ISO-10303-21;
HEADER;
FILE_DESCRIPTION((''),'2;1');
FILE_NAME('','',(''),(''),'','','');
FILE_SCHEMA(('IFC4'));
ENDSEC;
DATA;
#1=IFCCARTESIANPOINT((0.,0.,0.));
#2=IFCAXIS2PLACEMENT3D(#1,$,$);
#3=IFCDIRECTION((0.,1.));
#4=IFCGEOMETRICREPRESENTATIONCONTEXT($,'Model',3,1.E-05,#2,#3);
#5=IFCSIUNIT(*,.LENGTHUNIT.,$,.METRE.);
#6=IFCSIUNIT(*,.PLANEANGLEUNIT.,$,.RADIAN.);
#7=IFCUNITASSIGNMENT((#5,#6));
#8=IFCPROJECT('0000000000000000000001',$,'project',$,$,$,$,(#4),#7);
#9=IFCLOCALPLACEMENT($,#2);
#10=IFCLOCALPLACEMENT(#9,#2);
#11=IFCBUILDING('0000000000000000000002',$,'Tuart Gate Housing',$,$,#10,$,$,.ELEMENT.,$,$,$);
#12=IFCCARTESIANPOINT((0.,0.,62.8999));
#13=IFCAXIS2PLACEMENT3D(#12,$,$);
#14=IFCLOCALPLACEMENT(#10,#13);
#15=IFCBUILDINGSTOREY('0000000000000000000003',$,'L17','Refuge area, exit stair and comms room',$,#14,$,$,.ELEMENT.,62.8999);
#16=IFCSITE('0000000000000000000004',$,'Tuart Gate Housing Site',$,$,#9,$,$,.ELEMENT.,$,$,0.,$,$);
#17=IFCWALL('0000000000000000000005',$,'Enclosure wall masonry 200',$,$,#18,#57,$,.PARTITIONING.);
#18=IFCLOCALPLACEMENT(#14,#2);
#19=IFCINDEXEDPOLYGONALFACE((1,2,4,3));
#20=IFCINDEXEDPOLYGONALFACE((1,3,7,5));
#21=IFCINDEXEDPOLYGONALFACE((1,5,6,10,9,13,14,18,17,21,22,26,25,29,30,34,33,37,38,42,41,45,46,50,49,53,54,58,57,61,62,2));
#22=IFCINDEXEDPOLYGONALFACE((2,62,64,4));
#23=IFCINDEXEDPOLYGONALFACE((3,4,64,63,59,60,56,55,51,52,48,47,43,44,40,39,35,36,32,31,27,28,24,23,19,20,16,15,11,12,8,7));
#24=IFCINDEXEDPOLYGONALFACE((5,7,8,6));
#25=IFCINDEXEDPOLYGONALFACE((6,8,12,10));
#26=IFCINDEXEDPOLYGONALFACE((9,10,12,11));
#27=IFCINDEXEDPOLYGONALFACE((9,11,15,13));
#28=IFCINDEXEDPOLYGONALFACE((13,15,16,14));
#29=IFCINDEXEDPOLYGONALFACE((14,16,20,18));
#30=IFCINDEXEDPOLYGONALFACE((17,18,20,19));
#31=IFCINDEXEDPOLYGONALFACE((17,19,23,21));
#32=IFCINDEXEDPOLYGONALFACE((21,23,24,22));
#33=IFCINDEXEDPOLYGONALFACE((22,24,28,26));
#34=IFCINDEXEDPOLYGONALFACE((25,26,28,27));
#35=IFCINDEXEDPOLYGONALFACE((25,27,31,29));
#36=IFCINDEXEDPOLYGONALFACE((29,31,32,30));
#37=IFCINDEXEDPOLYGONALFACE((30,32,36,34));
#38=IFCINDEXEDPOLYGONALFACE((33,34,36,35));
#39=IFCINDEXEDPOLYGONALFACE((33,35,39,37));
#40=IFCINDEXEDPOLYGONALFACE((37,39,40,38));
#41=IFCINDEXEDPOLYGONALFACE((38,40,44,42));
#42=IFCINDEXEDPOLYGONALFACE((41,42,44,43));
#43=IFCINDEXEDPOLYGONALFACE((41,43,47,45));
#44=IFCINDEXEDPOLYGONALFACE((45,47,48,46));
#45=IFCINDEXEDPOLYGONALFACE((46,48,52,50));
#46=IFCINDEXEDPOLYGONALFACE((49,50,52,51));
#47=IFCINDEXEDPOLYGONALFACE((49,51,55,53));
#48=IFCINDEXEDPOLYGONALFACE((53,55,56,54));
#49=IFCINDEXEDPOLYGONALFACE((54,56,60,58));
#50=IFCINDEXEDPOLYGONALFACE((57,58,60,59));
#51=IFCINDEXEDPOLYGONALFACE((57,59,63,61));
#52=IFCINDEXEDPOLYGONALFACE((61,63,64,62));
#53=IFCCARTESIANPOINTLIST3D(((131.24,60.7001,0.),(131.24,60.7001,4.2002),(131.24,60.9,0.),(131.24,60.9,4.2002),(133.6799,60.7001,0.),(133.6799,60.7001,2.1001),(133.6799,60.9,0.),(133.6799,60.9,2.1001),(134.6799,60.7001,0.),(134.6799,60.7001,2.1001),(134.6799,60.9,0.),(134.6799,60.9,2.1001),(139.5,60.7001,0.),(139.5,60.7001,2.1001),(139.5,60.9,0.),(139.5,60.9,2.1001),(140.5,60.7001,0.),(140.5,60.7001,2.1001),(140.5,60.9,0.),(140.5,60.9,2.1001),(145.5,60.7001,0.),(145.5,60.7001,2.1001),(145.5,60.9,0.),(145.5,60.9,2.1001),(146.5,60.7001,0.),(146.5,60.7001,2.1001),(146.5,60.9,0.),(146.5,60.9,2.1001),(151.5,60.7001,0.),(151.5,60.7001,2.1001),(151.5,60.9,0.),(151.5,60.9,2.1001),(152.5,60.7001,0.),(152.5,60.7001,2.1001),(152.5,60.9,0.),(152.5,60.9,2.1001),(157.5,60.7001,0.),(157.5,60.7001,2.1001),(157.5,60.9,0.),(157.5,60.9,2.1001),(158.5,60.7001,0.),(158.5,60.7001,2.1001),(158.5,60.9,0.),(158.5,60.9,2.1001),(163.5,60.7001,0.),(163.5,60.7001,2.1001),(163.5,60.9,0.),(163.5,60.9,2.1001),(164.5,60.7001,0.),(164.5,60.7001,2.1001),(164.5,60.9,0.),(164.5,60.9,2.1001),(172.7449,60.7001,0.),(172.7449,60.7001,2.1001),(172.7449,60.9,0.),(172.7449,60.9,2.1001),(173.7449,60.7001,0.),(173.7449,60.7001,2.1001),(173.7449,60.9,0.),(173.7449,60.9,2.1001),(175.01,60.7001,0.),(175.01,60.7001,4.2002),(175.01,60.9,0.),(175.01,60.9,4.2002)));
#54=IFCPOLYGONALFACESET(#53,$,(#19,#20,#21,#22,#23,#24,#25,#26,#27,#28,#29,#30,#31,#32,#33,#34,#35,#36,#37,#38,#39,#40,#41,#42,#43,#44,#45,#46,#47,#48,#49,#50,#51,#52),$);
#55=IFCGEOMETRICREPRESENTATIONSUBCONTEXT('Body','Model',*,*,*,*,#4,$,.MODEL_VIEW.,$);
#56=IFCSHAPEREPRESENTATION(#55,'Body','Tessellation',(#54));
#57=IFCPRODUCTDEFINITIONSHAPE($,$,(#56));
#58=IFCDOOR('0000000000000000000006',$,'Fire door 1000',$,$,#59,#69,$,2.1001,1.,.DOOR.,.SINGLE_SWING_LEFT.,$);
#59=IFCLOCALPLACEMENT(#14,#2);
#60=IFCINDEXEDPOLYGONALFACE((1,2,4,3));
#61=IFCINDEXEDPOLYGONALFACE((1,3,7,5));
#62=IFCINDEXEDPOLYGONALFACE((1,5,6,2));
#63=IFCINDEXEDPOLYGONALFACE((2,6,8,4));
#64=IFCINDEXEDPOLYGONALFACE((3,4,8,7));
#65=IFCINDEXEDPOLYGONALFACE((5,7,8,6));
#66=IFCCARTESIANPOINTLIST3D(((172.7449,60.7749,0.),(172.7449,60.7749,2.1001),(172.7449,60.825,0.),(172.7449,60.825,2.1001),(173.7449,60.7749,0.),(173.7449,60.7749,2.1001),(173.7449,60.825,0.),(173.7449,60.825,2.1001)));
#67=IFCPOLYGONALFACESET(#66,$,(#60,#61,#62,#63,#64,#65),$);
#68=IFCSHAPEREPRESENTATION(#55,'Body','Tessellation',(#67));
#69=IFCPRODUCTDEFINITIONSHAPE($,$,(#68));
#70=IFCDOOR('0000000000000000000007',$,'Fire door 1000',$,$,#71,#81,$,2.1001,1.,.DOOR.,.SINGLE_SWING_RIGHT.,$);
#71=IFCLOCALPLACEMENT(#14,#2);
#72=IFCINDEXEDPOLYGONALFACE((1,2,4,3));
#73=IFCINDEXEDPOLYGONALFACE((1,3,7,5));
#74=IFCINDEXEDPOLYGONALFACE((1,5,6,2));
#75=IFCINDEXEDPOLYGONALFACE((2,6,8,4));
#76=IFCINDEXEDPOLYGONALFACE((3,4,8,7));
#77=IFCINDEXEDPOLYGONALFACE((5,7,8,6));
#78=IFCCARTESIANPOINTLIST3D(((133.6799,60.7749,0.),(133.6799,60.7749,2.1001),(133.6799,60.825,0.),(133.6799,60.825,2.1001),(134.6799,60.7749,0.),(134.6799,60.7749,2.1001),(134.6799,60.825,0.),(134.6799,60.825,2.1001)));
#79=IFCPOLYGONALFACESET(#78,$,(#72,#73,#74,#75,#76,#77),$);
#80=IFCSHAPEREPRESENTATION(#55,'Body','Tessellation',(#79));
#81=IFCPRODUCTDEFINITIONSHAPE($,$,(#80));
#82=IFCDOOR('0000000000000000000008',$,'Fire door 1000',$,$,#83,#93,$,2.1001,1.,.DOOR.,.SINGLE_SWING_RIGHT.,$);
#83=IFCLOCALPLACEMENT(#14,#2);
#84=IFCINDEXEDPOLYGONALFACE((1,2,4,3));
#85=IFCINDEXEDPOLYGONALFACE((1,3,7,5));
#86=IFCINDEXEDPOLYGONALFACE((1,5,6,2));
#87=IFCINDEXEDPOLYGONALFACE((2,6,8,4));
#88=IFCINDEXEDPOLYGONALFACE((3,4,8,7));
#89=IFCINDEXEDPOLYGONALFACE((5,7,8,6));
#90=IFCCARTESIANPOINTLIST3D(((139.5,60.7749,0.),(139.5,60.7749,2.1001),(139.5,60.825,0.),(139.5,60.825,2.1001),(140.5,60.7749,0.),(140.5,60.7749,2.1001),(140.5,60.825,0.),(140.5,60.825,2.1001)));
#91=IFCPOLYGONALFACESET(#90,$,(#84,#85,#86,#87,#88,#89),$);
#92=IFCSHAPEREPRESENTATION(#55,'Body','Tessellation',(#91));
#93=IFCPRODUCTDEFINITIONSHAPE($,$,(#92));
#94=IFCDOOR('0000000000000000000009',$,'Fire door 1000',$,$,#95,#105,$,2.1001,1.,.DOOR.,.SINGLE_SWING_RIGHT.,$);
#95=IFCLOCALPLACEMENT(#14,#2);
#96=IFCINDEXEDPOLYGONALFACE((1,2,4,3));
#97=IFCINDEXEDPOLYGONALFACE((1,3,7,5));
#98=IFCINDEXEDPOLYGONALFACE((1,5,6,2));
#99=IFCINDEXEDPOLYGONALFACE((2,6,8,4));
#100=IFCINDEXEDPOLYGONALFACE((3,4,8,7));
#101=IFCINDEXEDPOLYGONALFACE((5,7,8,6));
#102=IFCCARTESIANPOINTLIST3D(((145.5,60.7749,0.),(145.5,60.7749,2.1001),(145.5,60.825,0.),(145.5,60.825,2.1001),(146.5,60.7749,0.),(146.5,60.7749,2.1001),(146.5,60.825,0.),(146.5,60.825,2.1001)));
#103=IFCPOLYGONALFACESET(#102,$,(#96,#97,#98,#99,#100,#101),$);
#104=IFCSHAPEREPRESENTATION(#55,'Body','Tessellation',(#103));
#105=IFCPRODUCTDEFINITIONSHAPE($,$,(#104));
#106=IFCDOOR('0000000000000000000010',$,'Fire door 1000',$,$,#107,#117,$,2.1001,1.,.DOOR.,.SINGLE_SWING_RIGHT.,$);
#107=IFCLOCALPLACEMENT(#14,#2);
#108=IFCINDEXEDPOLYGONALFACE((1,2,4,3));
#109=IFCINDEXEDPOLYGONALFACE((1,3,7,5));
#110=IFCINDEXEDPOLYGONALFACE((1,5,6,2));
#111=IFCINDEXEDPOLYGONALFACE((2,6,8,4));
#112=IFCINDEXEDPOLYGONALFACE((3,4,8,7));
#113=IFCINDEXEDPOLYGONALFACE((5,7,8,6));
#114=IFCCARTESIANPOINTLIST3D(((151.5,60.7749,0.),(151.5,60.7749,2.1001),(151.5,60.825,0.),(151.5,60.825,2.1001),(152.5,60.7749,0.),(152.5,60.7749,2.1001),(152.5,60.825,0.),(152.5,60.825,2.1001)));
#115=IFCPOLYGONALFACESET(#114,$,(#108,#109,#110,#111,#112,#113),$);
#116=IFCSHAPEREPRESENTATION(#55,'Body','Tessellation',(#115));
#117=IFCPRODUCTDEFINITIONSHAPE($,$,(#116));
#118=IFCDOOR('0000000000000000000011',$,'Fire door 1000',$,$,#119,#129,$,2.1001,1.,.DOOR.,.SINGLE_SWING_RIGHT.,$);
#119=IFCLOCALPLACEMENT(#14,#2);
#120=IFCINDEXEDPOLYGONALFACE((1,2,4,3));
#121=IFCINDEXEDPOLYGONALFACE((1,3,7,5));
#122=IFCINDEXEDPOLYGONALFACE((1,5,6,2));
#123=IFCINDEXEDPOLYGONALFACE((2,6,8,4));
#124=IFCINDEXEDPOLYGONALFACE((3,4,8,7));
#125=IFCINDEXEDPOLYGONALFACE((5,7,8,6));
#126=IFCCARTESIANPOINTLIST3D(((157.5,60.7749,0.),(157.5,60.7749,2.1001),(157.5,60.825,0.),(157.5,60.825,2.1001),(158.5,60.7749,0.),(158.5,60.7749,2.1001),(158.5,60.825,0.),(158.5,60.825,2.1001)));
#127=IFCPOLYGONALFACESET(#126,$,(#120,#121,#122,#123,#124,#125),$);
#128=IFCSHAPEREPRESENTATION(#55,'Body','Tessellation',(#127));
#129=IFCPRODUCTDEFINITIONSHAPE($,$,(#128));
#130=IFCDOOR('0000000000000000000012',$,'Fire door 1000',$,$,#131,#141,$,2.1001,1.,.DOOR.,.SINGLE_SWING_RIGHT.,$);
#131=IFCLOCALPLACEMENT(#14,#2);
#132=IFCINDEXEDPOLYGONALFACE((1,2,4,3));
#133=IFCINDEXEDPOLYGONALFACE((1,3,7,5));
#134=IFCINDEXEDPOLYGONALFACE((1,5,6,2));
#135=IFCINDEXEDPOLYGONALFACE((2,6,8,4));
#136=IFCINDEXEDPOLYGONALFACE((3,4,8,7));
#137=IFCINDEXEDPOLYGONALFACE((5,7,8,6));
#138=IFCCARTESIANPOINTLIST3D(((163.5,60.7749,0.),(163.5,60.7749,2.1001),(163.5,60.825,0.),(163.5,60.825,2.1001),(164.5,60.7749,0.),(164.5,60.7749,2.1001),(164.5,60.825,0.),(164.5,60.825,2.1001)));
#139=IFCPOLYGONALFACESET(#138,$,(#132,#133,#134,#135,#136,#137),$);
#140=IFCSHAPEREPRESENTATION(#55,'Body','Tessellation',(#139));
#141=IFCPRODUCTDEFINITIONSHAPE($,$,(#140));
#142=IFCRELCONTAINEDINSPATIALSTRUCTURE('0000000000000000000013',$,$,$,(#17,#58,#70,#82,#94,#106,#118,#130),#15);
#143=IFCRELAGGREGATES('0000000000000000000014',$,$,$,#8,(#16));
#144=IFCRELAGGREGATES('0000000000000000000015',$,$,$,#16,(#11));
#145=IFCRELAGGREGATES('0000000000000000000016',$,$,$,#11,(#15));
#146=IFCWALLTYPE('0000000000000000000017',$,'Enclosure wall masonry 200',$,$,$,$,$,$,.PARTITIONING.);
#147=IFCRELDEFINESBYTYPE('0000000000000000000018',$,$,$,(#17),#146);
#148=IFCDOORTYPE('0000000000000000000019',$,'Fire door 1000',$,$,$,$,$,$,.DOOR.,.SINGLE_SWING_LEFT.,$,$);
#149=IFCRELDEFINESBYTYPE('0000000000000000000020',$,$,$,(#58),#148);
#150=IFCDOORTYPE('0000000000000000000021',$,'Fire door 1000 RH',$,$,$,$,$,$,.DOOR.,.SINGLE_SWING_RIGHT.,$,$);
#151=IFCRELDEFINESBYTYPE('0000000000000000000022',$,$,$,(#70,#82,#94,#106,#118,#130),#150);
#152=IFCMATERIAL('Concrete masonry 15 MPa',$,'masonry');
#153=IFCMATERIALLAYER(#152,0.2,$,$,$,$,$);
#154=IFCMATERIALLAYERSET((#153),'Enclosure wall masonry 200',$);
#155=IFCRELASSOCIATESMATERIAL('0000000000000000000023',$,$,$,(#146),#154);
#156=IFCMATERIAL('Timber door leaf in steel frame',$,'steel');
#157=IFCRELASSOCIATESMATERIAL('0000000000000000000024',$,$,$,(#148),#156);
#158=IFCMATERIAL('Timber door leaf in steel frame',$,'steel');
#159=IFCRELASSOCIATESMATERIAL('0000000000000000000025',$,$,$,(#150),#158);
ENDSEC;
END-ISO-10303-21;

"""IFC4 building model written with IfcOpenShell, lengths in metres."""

from ifc_helpers import new_model, si_unit, direction, frame, frame_2d, origin, place, context, subcontext, project, spatial, rectangle, extrude, material, layer, layer_set, type_object, element, fill, save


model = new_model("IFC4")

# Units and contexts
model_context = context("Model", 3, precision=1e-05, world=origin(), true_north=direction((0.0, 1.0)))
body_context = subcontext(model_context, "Body", "Model", "MODEL_VIEW")
ifc_project = project(units=[si_unit("LENGTHUNIT", "METRE"), si_unit("PLANEANGLEUNIT", "RADIAN")], contexts=[model_context])

# Site, building, storey
site_placement = place(None, origin())
site = spatial("IfcSite", under=ifc_project, at=site_placement, Name="Tuart Gate Housing Site", CompositionType="ELEMENT", RefElevation=0.0)
building_placement = place(site_placement, origin())
building = spatial("IfcBuilding", under=site, at=building_placement, Name="Tuart Gate Housing", CompositionType="ELEMENT")
storey_placement = place(building_placement, frame((0.0, 0.0, 62.8999)))
storey = spatial("IfcBuildingStorey", under=building, at=storey_placement, Name="L17", Description="Refuge area, exit stair and comms room", CompositionType="ELEMENT", Elevation=62.8999)

# Wall, openings, doors
ifc_material_1 = material(Name="Concrete masonry 15 MPa", Category="masonry")
ifc_layer_1 = layer(ifc_material_1, 0.2)
ifc_layer_set_1 = layer_set([ifc_layer_1], Name="Enclosure wall masonry 200")
wall_type_1 = type_object("IfcWallType", Name="Enclosure wall masonry 200", PredefinedType="PARTITIONING", material=ifc_layer_set_1)
wall_1_placement = place(storey_placement, frame((131.24, 60.8, 0.0), z_axis=(0.0, 0.0, 1.0), x_axis=(1.0, 0.0, 0.0)))
wall_1 = element("IfcWall", 1, at=wall_1_placement, inside=storey, type_object=wall_type_1, Name="Enclosure wall masonry 200", PredefinedType="PARTITIONING", context=body_context, shape_type="SweptSolid", body=[
    extrude(rectangle(XDim=43.77, YDim=0.2, at=frame_2d((21.885, 0.0))), origin(), (0.0, 0.0, 1.0), 4.2002),
])
opening_1_placement = place(wall_1_placement, frame((2.4399, 0.0, 0.0)))
opening_1 = element("IfcOpeningElement", 2, at=opening_1_placement, cuts=wall_1, PredefinedType="OPENING", context=body_context, shape_type="SweptSolid", body=[
    extrude(rectangle(XDim=1.0, YDim=2.1001, at=frame_2d((0.5, 1.05))), frame((0.0, 0.1099, 0.0), z_axis=(0.0, -1.0, 0.0), x_axis=(1.0, 0.0, 0.0)), (0.0, 0.0, 1.0), 0.22),
])
opening_2_placement = place(wall_1_placement, frame((8.26, 0.0, 0.0)))
opening_2 = element("IfcOpeningElement", 3, at=opening_2_placement, cuts=wall_1, PredefinedType="OPENING", context=body_context, shape_type="SweptSolid", body=[
    extrude(rectangle(XDim=1.0, YDim=2.1001, at=frame_2d((0.5, 1.05))), frame((0.0, 0.1099, 0.0), z_axis=(0.0, -1.0, 0.0), x_axis=(1.0, 0.0, 0.0)), (0.0, 0.0, 1.0), 0.22),
])
opening_3_placement = place(wall_1_placement, frame((14.26, 0.0, 0.0)))
opening_3 = element("IfcOpeningElement", 4, at=opening_3_placement, cuts=wall_1, PredefinedType="OPENING", context=body_context, shape_type="SweptSolid", body=[
    extrude(rectangle(XDim=1.0, YDim=2.1001, at=frame_2d((0.5, 1.05))), frame((0.0, 0.1099, 0.0), z_axis=(0.0, -1.0, 0.0), x_axis=(1.0, 0.0, 0.0)), (0.0, 0.0, 1.0), 0.22),
])
opening_4_placement = place(wall_1_placement, frame((20.26, 0.0, 0.0)))
opening_4 = element("IfcOpeningElement", 5, at=opening_4_placement, cuts=wall_1, PredefinedType="OPENING", context=body_context, shape_type="SweptSolid", body=[
    extrude(rectangle(XDim=1.0, YDim=2.1001, at=frame_2d((0.5, 1.05))), frame((0.0, 0.1099, 0.0), z_axis=(0.0, -1.0, 0.0), x_axis=(1.0, 0.0, 0.0)), (0.0, 0.0, 1.0), 0.22),
])
opening_5_placement = place(wall_1_placement, frame((26.26, 0.0, 0.0)))
opening_5 = element("IfcOpeningElement", 6, at=opening_5_placement, cuts=wall_1, PredefinedType="OPENING", context=body_context, shape_type="SweptSolid", body=[
    extrude(rectangle(XDim=1.0, YDim=2.1001, at=frame_2d((0.5, 1.05))), frame((0.0, 0.1099, 0.0), z_axis=(0.0, -1.0, 0.0), x_axis=(1.0, 0.0, 0.0)), (0.0, 0.0, 1.0), 0.22),
])
opening_6_placement = place(wall_1_placement, frame((32.26, 0.0, 0.0)))
opening_6 = element("IfcOpeningElement", 7, at=opening_6_placement, cuts=wall_1, PredefinedType="OPENING", context=body_context, shape_type="SweptSolid", body=[
    extrude(rectangle(XDim=1.0, YDim=2.1001, at=frame_2d((0.5, 1.05))), frame((0.0, 0.1099, 0.0), z_axis=(0.0, -1.0, 0.0), x_axis=(1.0, 0.0, 0.0)), (0.0, 0.0, 1.0), 0.22),
])
opening_7_placement = place(wall_1_placement, frame((41.5049, 0.0, 0.0)))
opening_7 = element("IfcOpeningElement", 8, at=opening_7_placement, cuts=wall_1, PredefinedType="OPENING", context=body_context, shape_type="SweptSolid", body=[
    extrude(rectangle(XDim=1.0, YDim=2.1001, at=frame_2d((0.5, 1.05))), frame((0.0, 0.1099, 0.0), z_axis=(0.0, -1.0, 0.0), x_axis=(1.0, 0.0, 0.0)), (0.0, 0.0, 1.0), 0.22),
])
ifc_material_2 = material(Name="Timber door leaf in steel frame", Category="steel")
door_type_1 = type_object("IfcDoorType", Name="Fire door 1000", OperationType="SINGLE_SWING_LEFT", PredefinedType="DOOR", material=ifc_material_2)
door_1_placement = place(opening_7_placement, frame((1.0, 0.0, 0.0), z_axis=(0.0, 0.0, 1.0), x_axis=(-1.0, 0.0, 0.0)))
door_1 = element("IfcDoor", 9, at=door_1_placement, inside=storey, type_object=door_type_1, Name="Fire door 1000", OperationType="SINGLE_SWING_LEFT", OverallHeight=2.1001, OverallWidth=1.0, PredefinedType="DOOR", context=body_context, shape_type="SweptSolid", body=[
    extrude(rectangle(XDim=1.0, YDim=2.1001, at=frame_2d((0.5, 1.05))), frame((0.0, 0.0251, 0.0), z_axis=(0.0, -1.0, 0.0), x_axis=(1.0, 0.0, 0.0)), (0.0, 0.0, 1.0), 0.05),
])
fill(opening_7, door_1)
ifc_material_3 = material(Name="Timber door leaf in steel frame", Category="steel")
door_type_2 = type_object("IfcDoorType", Name="Fire door 1000 RH", OperationType="SINGLE_SWING_RIGHT", PredefinedType="DOOR", material=ifc_material_3)
door_2_placement = place(opening_1_placement, frame((1.0, 0.0, 0.0), z_axis=(0.0, 0.0, 1.0), x_axis=(-1.0, 0.0, 0.0)))
door_2 = element("IfcDoor", 10, at=door_2_placement, inside=storey, type_object=door_type_2, Name="Fire door 1000", OperationType="SINGLE_SWING_RIGHT", OverallHeight=2.1001, OverallWidth=1.0, PredefinedType="DOOR", context=body_context, shape_type="SweptSolid", body=[
    extrude(rectangle(XDim=1.0, YDim=2.1001, at=frame_2d((0.5, 1.05))), frame((0.0, 0.0251, 0.0), z_axis=(0.0, -1.0, 0.0), x_axis=(1.0, 0.0, 0.0)), (0.0, 0.0, 1.0), 0.05),
])
fill(opening_1, door_2)
door_3_placement = place(opening_2_placement, frame((1.0, 0.0, 0.0), z_axis=(0.0, 0.0, 1.0), x_axis=(-1.0, 0.0, 0.0)))
door_3 = element("IfcDoor", 11, at=door_3_placement, inside=storey, type_object=door_type_2, Name="Fire door 1000", OperationType="SINGLE_SWING_RIGHT", OverallHeight=2.1001, OverallWidth=1.0, PredefinedType="DOOR", context=body_context, shape_type="SweptSolid", body=[
    extrude(rectangle(XDim=1.0, YDim=2.1001, at=frame_2d((0.5, 1.05))), frame((0.0, 0.0251, 0.0), z_axis=(0.0, -1.0, 0.0), x_axis=(1.0, 0.0, 0.0)), (0.0, 0.0, 1.0), 0.05),
])
fill(opening_2, door_3)
door_4_placement = place(opening_3_placement, frame((1.0, 0.0, 0.0), z_axis=(0.0, 0.0, 1.0), x_axis=(-1.0, 0.0, 0.0)))
door_4 = element("IfcDoor", 12, at=door_4_placement, inside=storey, type_object=door_type_2, Name="Fire door 1000", OperationType="SINGLE_SWING_RIGHT", OverallHeight=2.1001, OverallWidth=1.0, PredefinedType="DOOR", context=body_context, shape_type="SweptSolid", body=[
    extrude(rectangle(XDim=1.0, YDim=2.1001, at=frame_2d((0.5, 1.05))), frame((0.0, 0.0251, 0.0), z_axis=(0.0, -1.0, 0.0), x_axis=(1.0, 0.0, 0.0)), (0.0, 0.0, 1.0), 0.05),
])
fill(opening_3, door_4)
door_5_placement = place(opening_4_placement, frame((1.0, 0.0, 0.0), z_axis=(0.0, 0.0, 1.0), x_axis=(-1.0, 0.0, 0.0)))
door_5 = element("IfcDoor", 13, at=door_5_placement, inside=storey, type_object=door_type_2, Name="Fire door 1000", OperationType="SINGLE_SWING_RIGHT", OverallHeight=2.1001, OverallWidth=1.0, PredefinedType="DOOR", context=body_context, shape_type="SweptSolid", body=[
    extrude(rectangle(XDim=1.0, YDim=2.1001, at=frame_2d((0.5, 1.05))), frame((0.0, 0.0251, 0.0), z_axis=(0.0, -1.0, 0.0), x_axis=(1.0, 0.0, 0.0)), (0.0, 0.0, 1.0), 0.05),
])
fill(opening_4, door_5)
door_6_placement = place(opening_5_placement, frame((1.0, 0.0, 0.0), z_axis=(0.0, 0.0, 1.0), x_axis=(-1.0, 0.0, 0.0)))
door_6 = element("IfcDoor", 14, at=door_6_placement, inside=storey, type_object=door_type_2, Name="Fire door 1000", OperationType="SINGLE_SWING_RIGHT", OverallHeight=2.1001, OverallWidth=1.0, PredefinedType="DOOR", context=body_context, shape_type="SweptSolid", body=[
    extrude(rectangle(XDim=1.0, YDim=2.1001, at=frame_2d((0.5, 1.05))), frame((0.0, 0.0251, 0.0), z_axis=(0.0, -1.0, 0.0), x_axis=(1.0, 0.0, 0.0)), (0.0, 0.0, 1.0), 0.05),
])
fill(opening_5, door_6)
door_7_placement = place(opening_6_placement, frame((1.0, 0.0, 0.0), z_axis=(0.0, 0.0, 1.0), x_axis=(-1.0, 0.0, 0.0)))
door_7 = element("IfcDoor", 15, at=door_7_placement, inside=storey, type_object=door_type_2, Name="Fire door 1000", OperationType="SINGLE_SWING_RIGHT", OverallHeight=2.1001, OverallWidth=1.0, PredefinedType="DOOR", context=body_context, shape_type="SweptSolid", body=[
    extrude(rectangle(XDim=1.0, YDim=2.1001, at=frame_2d((0.5, 1.05))), frame((0.0, 0.0251, 0.0), z_axis=(0.0, -1.0, 0.0), x_axis=(1.0, 0.0, 0.0)), (0.0, 0.0, 1.0), 0.05),
])
fill(opening_6, door_7)

save(model, "model.ifc")
